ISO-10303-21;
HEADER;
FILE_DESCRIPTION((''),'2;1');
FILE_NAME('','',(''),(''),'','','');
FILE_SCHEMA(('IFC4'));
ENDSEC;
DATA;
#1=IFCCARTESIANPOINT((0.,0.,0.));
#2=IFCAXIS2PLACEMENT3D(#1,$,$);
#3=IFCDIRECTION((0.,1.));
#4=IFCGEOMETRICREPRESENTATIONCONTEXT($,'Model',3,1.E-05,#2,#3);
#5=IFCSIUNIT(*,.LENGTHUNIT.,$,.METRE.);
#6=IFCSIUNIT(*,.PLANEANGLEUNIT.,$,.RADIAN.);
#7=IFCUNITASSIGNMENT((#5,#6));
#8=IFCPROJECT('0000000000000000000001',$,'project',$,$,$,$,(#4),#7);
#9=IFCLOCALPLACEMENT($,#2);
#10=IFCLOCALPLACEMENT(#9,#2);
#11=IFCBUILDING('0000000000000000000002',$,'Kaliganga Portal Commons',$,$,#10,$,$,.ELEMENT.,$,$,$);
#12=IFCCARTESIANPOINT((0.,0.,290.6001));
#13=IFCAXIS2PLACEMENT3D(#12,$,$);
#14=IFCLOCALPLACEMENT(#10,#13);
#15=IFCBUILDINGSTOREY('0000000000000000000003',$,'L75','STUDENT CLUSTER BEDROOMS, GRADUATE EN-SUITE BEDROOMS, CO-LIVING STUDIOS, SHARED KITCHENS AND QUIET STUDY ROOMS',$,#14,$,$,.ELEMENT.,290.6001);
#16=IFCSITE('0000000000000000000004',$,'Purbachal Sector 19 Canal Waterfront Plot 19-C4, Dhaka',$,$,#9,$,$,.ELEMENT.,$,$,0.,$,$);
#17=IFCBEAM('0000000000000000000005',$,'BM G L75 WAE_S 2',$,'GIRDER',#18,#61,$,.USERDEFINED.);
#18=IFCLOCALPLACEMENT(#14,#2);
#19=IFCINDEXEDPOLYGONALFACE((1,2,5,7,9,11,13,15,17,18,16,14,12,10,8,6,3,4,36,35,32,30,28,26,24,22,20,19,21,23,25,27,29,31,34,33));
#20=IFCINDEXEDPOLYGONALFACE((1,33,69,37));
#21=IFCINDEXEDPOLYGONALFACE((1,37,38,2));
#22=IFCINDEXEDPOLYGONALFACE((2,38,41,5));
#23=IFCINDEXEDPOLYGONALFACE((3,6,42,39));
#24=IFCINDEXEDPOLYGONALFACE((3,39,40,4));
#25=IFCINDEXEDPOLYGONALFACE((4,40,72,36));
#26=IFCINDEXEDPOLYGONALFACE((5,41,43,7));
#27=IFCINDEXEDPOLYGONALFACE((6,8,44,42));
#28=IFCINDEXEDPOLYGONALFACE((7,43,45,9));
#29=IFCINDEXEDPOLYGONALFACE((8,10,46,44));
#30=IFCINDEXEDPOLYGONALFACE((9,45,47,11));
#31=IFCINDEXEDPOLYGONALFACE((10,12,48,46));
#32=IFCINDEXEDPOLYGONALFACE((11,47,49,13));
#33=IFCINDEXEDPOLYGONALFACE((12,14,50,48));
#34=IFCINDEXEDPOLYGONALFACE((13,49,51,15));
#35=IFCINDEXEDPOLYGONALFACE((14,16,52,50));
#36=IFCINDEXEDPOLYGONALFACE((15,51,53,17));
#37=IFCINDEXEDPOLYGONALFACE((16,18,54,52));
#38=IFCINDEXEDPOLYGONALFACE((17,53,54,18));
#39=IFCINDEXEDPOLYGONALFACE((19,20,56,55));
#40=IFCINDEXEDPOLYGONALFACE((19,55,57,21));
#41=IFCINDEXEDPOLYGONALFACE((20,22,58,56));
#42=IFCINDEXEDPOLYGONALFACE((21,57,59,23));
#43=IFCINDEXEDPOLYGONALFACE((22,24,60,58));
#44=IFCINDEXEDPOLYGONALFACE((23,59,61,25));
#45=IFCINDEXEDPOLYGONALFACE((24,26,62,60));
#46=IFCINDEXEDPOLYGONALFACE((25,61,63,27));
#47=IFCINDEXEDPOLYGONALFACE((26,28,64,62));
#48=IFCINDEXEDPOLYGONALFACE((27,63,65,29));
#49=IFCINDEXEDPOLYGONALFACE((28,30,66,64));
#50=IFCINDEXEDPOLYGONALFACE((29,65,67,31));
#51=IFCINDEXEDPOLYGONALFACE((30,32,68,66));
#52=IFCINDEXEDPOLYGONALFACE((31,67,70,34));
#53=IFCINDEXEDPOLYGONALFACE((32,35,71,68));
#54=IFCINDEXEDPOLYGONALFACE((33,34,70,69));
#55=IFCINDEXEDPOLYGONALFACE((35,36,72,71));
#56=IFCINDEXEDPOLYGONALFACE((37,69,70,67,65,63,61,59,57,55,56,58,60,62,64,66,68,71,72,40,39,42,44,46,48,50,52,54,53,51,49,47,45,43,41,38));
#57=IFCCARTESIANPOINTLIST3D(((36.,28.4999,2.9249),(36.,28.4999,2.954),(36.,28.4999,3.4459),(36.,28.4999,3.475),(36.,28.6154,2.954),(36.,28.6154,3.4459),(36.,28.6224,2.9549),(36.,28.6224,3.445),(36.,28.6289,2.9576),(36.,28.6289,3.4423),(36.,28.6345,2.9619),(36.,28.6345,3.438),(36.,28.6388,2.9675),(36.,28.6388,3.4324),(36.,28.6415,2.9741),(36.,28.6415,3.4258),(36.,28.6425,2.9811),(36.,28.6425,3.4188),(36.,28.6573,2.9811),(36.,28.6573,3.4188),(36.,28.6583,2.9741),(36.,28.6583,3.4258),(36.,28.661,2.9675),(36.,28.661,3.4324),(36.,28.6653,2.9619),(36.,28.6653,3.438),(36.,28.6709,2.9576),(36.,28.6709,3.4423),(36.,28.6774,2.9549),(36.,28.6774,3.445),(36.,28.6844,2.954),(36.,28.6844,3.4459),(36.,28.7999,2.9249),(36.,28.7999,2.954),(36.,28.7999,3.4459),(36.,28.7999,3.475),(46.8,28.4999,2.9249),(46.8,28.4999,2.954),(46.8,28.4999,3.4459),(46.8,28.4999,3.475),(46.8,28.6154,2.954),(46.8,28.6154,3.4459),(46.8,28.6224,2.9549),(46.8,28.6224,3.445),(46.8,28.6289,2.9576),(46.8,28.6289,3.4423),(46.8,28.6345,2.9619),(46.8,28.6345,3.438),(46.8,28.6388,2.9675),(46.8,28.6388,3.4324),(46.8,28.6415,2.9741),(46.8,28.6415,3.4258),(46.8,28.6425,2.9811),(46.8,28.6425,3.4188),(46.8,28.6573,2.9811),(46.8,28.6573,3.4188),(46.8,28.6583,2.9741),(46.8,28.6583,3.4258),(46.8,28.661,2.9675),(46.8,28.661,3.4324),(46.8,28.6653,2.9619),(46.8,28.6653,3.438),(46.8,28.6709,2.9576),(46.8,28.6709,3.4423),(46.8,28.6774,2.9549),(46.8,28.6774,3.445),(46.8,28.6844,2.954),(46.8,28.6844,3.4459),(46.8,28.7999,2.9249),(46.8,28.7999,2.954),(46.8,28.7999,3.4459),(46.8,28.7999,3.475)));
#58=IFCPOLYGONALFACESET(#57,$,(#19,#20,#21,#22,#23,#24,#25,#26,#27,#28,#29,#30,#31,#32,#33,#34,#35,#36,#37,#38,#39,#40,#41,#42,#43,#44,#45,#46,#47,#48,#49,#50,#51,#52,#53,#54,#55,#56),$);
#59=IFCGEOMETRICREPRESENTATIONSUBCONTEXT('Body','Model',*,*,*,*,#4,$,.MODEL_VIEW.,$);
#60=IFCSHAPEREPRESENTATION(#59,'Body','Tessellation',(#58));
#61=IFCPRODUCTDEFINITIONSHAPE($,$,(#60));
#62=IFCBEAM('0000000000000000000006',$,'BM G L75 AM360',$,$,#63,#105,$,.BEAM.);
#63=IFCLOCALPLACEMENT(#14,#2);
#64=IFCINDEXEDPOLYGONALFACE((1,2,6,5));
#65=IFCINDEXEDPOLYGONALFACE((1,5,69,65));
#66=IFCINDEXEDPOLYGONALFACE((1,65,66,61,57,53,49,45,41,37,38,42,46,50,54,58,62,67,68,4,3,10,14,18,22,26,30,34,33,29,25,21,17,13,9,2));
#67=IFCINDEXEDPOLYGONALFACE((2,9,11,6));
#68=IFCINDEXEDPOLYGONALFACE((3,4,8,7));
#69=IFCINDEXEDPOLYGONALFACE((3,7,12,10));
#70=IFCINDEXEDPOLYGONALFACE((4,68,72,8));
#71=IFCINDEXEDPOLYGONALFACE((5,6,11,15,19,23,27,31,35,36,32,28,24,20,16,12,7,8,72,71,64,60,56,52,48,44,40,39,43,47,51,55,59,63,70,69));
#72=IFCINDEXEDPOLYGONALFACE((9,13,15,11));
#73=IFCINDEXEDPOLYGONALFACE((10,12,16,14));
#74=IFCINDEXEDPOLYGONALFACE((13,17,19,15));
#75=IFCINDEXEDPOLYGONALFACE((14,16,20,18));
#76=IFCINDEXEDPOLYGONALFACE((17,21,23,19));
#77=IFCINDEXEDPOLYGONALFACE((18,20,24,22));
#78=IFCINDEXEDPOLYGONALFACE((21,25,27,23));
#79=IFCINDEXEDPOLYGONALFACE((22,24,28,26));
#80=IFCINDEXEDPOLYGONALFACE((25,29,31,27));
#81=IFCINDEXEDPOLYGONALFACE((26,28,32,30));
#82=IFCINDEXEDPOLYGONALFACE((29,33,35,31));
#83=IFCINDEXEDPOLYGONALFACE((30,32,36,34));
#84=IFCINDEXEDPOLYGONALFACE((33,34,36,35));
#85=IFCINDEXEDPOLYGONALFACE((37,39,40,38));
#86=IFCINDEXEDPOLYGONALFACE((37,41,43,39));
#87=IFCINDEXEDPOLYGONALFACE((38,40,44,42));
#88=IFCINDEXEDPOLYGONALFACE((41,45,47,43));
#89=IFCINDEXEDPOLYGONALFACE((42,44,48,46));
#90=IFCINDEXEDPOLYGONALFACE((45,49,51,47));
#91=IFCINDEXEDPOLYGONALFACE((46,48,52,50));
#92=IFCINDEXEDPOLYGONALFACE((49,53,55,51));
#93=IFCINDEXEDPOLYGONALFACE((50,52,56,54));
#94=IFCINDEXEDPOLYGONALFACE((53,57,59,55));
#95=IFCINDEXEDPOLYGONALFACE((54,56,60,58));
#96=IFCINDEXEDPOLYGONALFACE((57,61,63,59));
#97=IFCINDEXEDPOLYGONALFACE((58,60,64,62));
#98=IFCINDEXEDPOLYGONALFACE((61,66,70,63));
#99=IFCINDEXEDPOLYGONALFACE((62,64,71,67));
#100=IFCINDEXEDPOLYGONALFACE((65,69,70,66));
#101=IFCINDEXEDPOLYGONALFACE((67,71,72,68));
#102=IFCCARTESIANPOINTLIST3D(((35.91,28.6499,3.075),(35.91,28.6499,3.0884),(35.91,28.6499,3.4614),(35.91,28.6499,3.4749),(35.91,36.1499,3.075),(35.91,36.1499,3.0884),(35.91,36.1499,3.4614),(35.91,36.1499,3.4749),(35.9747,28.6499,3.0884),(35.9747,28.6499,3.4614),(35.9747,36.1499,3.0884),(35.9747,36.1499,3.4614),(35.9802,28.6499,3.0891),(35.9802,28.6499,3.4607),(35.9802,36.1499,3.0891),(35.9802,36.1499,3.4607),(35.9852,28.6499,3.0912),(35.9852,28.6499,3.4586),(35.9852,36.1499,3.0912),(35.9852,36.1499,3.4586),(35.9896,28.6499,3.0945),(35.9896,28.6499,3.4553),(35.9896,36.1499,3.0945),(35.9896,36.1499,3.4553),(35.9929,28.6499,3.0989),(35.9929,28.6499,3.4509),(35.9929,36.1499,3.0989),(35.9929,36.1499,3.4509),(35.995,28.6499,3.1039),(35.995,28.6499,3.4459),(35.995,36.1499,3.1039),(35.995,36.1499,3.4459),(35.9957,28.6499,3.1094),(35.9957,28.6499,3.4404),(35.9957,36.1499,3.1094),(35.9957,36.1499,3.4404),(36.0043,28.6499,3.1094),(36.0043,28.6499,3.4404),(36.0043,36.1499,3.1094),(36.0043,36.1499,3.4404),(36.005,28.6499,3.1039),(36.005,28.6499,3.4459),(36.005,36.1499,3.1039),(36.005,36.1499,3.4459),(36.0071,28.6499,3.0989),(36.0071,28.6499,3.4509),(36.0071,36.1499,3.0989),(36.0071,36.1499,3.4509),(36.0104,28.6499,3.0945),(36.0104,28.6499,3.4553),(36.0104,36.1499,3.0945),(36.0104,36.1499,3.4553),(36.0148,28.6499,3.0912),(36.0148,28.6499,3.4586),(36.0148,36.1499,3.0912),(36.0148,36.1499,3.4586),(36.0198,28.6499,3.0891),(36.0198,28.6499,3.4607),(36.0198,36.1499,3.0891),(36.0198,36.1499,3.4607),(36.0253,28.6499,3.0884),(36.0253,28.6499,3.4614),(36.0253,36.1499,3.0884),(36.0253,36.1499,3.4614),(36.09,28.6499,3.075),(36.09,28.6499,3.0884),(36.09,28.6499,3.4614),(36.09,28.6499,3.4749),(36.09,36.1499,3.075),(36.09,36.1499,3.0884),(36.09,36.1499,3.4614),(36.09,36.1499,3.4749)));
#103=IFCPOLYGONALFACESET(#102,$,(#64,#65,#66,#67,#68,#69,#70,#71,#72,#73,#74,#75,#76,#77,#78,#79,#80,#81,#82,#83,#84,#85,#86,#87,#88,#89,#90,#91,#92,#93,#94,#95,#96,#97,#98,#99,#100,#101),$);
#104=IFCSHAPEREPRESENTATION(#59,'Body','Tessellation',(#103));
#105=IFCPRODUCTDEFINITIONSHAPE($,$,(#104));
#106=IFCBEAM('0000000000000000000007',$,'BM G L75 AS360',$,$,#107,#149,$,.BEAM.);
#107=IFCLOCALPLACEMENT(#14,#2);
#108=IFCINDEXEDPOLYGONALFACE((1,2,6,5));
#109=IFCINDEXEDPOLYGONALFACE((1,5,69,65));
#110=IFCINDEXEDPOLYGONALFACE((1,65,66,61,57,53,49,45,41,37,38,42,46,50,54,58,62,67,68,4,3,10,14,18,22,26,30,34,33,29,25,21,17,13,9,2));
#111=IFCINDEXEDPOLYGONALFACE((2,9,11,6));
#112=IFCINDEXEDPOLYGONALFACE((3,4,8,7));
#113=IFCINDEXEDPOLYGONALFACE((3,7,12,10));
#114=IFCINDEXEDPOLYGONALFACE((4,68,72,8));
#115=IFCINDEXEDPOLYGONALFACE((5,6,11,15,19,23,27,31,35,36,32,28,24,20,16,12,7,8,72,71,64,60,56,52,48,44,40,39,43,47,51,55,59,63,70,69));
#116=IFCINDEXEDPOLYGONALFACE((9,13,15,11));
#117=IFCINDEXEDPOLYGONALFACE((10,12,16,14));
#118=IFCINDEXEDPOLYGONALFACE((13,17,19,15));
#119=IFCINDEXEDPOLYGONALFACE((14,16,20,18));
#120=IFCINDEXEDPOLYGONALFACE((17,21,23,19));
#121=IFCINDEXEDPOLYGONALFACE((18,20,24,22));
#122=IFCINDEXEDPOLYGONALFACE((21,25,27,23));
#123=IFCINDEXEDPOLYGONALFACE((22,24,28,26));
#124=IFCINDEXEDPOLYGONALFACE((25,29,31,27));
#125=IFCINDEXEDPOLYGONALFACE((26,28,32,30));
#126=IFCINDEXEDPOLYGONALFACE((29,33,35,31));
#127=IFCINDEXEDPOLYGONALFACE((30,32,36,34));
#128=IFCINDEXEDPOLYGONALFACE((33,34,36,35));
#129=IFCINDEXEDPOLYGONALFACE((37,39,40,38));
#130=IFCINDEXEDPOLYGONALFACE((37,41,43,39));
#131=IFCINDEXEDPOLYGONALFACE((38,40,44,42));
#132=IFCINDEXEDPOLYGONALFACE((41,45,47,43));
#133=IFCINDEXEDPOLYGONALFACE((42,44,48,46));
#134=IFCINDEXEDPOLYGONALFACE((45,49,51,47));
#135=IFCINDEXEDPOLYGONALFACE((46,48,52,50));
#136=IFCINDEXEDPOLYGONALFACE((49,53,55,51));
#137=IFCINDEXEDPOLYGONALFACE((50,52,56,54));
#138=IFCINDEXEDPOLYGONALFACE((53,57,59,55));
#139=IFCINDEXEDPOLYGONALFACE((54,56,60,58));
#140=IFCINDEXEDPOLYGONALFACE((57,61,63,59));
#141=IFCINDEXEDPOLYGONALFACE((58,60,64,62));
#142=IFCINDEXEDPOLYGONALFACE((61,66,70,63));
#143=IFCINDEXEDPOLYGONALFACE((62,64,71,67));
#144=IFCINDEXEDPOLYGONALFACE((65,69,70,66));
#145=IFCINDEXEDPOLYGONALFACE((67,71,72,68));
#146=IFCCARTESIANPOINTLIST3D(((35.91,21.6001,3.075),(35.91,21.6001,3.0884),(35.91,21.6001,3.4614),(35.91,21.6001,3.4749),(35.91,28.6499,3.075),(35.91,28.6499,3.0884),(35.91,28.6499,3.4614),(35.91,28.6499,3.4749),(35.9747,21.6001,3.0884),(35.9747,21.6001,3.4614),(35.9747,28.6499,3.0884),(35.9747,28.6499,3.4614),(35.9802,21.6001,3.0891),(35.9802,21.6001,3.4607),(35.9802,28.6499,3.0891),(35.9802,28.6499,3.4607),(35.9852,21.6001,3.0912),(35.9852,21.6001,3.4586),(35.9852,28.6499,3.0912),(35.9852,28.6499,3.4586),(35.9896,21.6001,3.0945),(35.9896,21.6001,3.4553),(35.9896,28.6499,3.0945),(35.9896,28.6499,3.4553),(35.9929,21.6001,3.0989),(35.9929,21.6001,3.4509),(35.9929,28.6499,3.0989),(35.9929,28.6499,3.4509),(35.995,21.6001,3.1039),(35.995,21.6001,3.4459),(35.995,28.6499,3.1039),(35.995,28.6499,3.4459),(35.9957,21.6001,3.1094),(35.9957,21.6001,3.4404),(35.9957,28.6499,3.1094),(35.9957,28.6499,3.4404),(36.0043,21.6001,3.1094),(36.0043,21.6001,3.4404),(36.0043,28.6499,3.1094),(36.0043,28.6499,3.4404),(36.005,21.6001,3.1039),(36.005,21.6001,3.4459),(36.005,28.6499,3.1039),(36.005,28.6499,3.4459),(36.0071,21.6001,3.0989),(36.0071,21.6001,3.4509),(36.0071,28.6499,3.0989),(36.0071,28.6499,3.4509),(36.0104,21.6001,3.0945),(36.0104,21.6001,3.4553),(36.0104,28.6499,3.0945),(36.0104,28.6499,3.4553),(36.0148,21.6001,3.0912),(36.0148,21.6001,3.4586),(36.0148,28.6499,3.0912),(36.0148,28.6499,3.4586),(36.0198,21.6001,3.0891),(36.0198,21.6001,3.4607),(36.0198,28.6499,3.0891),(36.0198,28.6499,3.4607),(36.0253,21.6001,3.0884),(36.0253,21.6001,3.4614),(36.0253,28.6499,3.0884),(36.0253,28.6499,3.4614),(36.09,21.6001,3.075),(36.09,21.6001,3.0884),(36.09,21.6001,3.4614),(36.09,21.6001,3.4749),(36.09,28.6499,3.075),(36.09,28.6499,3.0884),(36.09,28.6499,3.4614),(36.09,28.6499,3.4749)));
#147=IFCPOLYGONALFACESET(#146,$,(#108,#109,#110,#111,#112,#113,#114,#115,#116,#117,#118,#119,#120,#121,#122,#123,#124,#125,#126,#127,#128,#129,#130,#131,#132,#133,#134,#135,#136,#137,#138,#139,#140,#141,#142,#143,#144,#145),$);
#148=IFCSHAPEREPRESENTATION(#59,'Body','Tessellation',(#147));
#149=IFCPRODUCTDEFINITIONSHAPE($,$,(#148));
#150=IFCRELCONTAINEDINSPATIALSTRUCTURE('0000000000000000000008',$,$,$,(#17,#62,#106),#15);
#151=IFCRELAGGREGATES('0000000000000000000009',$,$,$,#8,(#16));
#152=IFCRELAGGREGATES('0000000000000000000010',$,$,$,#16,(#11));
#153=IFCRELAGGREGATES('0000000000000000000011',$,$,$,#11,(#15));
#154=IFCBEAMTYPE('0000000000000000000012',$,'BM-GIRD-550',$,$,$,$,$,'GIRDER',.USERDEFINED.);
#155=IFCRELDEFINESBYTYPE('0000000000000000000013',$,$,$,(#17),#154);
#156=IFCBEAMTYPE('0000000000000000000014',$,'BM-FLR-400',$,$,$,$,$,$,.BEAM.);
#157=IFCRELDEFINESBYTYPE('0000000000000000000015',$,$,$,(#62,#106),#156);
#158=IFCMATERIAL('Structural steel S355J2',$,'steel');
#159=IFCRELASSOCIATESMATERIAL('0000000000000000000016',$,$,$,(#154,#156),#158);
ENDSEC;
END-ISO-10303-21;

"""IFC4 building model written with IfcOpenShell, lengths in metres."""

from ifc_helpers import new_model, si_unit, direction, frame, origin, origin_2d, place, context, subcontext, project, spatial, i_section, extrude, source, transform, mapped, material, material_profile, profile_set, type_object, element, save


model = new_model("IFC4")

# Units and contexts
model_context = context("Model", 3, precision=1e-05, world=origin(), true_north=direction((0.0, 1.0)))
body_context = subcontext(model_context, "Body", "Model", "MODEL_VIEW")
ifc_project = project(units=[si_unit("LENGTHUNIT", "METRE"), si_unit("PLANEANGLEUNIT", "RADIAN")], contexts=[model_context])

# Site, building, storey
site_placement = place(None, origin())
site = spatial("IfcSite", under=ifc_project, at=site_placement, Name="Purbachal Sector 19 Canal Waterfront Plot 19-C4, Dhaka", CompositionType="ELEMENT", RefElevation=0.0)
building_placement = place(site_placement, origin())
building = spatial("IfcBuilding", under=site, at=building_placement, Name="Kaliganga Portal Commons", CompositionType="ELEMENT")
storey_placement = place(building_placement, frame((0.0, 0.0, 290.6001)))
storey = spatial("IfcBuildingStorey", under=building, at=storey_placement, Name="L75", Description="STUDENT CLUSTER BEDROOMS, GRADUATE EN-SUITE BEDROOMS, CO-LIVING STUDIOS, SHARED KITCHENS AND QUIET STUDY ROOMS", CompositionType="ELEMENT", Elevation=290.6001)

# Shared definitions
ifc_material_1 = material(Name="Structural steel S355J2", Category="steel")

# Beams
ifc_material_profile_1 = material_profile(ifc_material_1, i_section(OverallWidth=0.3, OverallDepth=0.55, WebThickness=0.0149, FlangeThickness=0.0291, FilletRadius=0.0271, at=origin_2d()), Name="HE 550 B")
ifc_profile_set_1 = profile_set([ifc_material_profile_1], Name="Structural steel S355J2 wide-flange")
beam_type_1 = type_object("IfcBeamType", Name="BM-GIRD-550", ElementType="GIRDER", PredefinedType="USERDEFINED", material=ifc_profile_set_1)
shared_shape_1 = source(origin(), body_context, "Body", "SweptSolid", [
    extrude(i_section(OverallWidth=0.3, OverallDepth=0.55, WebThickness=0.0149, FlangeThickness=0.0291, FilletRadius=0.0271, at=origin_2d()), origin(), (0.0, 0.0, 1.0), 10.8),
])
beam_1_placement = place(storey_placement, frame((36.0, 28.6499, 3.2), z_axis=(1.0, 0.0, 0.0), x_axis=(0.0, 1.0, 0.0)))
element("IfcBeam", 1, at=beam_1_placement, inside=storey, type_object=beam_type_1, Name="BM G L75 WAE_S 2", ObjectType="GIRDER", PredefinedType="USERDEFINED", context=body_context, shape_type="MappedRepresentation", body=[
    mapped(shared_shape_1, transform((0.0, 0.0, 0.0), x_axis=(1.0, 0.0, 0.0), y_axis=(0.0, 1.0, 0.0), z_axis=(0.0, 0.0, 1.0), scale=1.0)),
])
ifc_material_profile_2 = material_profile(ifc_material_1, i_section(OverallWidth=0.1799, OverallDepth=0.3999, WebThickness=0.0085, FlangeThickness=0.0134, FilletRadius=0.021, at=origin_2d()), Name="IPE 400")
ifc_profile_set_2 = profile_set([ifc_material_profile_2], Name="Structural steel S355J2 wide-flange")
beam_type_2 = type_object("IfcBeamType", Name="BM-FLR-400", PredefinedType="BEAM", material=ifc_profile_set_2)
shared_shape_2 = source(origin(), body_context, "Body", "SweptSolid", [
    extrude(i_section(OverallWidth=0.1799, OverallDepth=0.3999, WebThickness=0.0085, FlangeThickness=0.0134, FilletRadius=0.021, at=origin_2d()), origin(), (0.0, 0.0, 1.0), 7.5),
])
beam_2_placement = place(storey_placement, frame((36.0, 28.6499, 3.2749), z_axis=(0.0, 1.0, 0.0), x_axis=(-1.0, 0.0, 0.0)))
element("IfcBeam", 2, at=beam_2_placement, inside=storey, type_object=beam_type_2, Name="BM G L75 AM360", PredefinedType="BEAM", context=body_context, shape_type="MappedRepresentation", body=[
    mapped(shared_shape_2, transform((0.0, 0.0, 0.0), x_axis=(1.0, 0.0, 0.0), y_axis=(0.0, 1.0, 0.0), z_axis=(0.0, 0.0, 1.0), scale=1.0)),
])
shared_shape_3 = source(origin(), body_context, "Body", "SweptSolid", [
    extrude(i_section(OverallWidth=0.1799, OverallDepth=0.3999, WebThickness=0.0085, FlangeThickness=0.0134, FilletRadius=0.021, at=origin_2d()), origin(), (0.0, 0.0, 1.0), 7.0498),
])
beam_3_placement = place(storey_placement, frame((36.0, 21.6001, 3.2749), z_axis=(0.0, 1.0, 0.0), x_axis=(-1.0, 0.0, 0.0)))
element("IfcBeam", 3, at=beam_3_placement, inside=storey, type_object=beam_type_2, Name="BM G L75 AS360", PredefinedType="BEAM", context=body_context, shape_type="MappedRepresentation", body=[
    mapped(shared_shape_3, transform((0.0, 0.0, 0.0), x_axis=(1.0, 0.0, 0.0), y_axis=(0.0, 1.0, 0.0), z_axis=(0.0, 0.0, 1.0), scale=1.0)),
])

save(model, "model.ifc")
